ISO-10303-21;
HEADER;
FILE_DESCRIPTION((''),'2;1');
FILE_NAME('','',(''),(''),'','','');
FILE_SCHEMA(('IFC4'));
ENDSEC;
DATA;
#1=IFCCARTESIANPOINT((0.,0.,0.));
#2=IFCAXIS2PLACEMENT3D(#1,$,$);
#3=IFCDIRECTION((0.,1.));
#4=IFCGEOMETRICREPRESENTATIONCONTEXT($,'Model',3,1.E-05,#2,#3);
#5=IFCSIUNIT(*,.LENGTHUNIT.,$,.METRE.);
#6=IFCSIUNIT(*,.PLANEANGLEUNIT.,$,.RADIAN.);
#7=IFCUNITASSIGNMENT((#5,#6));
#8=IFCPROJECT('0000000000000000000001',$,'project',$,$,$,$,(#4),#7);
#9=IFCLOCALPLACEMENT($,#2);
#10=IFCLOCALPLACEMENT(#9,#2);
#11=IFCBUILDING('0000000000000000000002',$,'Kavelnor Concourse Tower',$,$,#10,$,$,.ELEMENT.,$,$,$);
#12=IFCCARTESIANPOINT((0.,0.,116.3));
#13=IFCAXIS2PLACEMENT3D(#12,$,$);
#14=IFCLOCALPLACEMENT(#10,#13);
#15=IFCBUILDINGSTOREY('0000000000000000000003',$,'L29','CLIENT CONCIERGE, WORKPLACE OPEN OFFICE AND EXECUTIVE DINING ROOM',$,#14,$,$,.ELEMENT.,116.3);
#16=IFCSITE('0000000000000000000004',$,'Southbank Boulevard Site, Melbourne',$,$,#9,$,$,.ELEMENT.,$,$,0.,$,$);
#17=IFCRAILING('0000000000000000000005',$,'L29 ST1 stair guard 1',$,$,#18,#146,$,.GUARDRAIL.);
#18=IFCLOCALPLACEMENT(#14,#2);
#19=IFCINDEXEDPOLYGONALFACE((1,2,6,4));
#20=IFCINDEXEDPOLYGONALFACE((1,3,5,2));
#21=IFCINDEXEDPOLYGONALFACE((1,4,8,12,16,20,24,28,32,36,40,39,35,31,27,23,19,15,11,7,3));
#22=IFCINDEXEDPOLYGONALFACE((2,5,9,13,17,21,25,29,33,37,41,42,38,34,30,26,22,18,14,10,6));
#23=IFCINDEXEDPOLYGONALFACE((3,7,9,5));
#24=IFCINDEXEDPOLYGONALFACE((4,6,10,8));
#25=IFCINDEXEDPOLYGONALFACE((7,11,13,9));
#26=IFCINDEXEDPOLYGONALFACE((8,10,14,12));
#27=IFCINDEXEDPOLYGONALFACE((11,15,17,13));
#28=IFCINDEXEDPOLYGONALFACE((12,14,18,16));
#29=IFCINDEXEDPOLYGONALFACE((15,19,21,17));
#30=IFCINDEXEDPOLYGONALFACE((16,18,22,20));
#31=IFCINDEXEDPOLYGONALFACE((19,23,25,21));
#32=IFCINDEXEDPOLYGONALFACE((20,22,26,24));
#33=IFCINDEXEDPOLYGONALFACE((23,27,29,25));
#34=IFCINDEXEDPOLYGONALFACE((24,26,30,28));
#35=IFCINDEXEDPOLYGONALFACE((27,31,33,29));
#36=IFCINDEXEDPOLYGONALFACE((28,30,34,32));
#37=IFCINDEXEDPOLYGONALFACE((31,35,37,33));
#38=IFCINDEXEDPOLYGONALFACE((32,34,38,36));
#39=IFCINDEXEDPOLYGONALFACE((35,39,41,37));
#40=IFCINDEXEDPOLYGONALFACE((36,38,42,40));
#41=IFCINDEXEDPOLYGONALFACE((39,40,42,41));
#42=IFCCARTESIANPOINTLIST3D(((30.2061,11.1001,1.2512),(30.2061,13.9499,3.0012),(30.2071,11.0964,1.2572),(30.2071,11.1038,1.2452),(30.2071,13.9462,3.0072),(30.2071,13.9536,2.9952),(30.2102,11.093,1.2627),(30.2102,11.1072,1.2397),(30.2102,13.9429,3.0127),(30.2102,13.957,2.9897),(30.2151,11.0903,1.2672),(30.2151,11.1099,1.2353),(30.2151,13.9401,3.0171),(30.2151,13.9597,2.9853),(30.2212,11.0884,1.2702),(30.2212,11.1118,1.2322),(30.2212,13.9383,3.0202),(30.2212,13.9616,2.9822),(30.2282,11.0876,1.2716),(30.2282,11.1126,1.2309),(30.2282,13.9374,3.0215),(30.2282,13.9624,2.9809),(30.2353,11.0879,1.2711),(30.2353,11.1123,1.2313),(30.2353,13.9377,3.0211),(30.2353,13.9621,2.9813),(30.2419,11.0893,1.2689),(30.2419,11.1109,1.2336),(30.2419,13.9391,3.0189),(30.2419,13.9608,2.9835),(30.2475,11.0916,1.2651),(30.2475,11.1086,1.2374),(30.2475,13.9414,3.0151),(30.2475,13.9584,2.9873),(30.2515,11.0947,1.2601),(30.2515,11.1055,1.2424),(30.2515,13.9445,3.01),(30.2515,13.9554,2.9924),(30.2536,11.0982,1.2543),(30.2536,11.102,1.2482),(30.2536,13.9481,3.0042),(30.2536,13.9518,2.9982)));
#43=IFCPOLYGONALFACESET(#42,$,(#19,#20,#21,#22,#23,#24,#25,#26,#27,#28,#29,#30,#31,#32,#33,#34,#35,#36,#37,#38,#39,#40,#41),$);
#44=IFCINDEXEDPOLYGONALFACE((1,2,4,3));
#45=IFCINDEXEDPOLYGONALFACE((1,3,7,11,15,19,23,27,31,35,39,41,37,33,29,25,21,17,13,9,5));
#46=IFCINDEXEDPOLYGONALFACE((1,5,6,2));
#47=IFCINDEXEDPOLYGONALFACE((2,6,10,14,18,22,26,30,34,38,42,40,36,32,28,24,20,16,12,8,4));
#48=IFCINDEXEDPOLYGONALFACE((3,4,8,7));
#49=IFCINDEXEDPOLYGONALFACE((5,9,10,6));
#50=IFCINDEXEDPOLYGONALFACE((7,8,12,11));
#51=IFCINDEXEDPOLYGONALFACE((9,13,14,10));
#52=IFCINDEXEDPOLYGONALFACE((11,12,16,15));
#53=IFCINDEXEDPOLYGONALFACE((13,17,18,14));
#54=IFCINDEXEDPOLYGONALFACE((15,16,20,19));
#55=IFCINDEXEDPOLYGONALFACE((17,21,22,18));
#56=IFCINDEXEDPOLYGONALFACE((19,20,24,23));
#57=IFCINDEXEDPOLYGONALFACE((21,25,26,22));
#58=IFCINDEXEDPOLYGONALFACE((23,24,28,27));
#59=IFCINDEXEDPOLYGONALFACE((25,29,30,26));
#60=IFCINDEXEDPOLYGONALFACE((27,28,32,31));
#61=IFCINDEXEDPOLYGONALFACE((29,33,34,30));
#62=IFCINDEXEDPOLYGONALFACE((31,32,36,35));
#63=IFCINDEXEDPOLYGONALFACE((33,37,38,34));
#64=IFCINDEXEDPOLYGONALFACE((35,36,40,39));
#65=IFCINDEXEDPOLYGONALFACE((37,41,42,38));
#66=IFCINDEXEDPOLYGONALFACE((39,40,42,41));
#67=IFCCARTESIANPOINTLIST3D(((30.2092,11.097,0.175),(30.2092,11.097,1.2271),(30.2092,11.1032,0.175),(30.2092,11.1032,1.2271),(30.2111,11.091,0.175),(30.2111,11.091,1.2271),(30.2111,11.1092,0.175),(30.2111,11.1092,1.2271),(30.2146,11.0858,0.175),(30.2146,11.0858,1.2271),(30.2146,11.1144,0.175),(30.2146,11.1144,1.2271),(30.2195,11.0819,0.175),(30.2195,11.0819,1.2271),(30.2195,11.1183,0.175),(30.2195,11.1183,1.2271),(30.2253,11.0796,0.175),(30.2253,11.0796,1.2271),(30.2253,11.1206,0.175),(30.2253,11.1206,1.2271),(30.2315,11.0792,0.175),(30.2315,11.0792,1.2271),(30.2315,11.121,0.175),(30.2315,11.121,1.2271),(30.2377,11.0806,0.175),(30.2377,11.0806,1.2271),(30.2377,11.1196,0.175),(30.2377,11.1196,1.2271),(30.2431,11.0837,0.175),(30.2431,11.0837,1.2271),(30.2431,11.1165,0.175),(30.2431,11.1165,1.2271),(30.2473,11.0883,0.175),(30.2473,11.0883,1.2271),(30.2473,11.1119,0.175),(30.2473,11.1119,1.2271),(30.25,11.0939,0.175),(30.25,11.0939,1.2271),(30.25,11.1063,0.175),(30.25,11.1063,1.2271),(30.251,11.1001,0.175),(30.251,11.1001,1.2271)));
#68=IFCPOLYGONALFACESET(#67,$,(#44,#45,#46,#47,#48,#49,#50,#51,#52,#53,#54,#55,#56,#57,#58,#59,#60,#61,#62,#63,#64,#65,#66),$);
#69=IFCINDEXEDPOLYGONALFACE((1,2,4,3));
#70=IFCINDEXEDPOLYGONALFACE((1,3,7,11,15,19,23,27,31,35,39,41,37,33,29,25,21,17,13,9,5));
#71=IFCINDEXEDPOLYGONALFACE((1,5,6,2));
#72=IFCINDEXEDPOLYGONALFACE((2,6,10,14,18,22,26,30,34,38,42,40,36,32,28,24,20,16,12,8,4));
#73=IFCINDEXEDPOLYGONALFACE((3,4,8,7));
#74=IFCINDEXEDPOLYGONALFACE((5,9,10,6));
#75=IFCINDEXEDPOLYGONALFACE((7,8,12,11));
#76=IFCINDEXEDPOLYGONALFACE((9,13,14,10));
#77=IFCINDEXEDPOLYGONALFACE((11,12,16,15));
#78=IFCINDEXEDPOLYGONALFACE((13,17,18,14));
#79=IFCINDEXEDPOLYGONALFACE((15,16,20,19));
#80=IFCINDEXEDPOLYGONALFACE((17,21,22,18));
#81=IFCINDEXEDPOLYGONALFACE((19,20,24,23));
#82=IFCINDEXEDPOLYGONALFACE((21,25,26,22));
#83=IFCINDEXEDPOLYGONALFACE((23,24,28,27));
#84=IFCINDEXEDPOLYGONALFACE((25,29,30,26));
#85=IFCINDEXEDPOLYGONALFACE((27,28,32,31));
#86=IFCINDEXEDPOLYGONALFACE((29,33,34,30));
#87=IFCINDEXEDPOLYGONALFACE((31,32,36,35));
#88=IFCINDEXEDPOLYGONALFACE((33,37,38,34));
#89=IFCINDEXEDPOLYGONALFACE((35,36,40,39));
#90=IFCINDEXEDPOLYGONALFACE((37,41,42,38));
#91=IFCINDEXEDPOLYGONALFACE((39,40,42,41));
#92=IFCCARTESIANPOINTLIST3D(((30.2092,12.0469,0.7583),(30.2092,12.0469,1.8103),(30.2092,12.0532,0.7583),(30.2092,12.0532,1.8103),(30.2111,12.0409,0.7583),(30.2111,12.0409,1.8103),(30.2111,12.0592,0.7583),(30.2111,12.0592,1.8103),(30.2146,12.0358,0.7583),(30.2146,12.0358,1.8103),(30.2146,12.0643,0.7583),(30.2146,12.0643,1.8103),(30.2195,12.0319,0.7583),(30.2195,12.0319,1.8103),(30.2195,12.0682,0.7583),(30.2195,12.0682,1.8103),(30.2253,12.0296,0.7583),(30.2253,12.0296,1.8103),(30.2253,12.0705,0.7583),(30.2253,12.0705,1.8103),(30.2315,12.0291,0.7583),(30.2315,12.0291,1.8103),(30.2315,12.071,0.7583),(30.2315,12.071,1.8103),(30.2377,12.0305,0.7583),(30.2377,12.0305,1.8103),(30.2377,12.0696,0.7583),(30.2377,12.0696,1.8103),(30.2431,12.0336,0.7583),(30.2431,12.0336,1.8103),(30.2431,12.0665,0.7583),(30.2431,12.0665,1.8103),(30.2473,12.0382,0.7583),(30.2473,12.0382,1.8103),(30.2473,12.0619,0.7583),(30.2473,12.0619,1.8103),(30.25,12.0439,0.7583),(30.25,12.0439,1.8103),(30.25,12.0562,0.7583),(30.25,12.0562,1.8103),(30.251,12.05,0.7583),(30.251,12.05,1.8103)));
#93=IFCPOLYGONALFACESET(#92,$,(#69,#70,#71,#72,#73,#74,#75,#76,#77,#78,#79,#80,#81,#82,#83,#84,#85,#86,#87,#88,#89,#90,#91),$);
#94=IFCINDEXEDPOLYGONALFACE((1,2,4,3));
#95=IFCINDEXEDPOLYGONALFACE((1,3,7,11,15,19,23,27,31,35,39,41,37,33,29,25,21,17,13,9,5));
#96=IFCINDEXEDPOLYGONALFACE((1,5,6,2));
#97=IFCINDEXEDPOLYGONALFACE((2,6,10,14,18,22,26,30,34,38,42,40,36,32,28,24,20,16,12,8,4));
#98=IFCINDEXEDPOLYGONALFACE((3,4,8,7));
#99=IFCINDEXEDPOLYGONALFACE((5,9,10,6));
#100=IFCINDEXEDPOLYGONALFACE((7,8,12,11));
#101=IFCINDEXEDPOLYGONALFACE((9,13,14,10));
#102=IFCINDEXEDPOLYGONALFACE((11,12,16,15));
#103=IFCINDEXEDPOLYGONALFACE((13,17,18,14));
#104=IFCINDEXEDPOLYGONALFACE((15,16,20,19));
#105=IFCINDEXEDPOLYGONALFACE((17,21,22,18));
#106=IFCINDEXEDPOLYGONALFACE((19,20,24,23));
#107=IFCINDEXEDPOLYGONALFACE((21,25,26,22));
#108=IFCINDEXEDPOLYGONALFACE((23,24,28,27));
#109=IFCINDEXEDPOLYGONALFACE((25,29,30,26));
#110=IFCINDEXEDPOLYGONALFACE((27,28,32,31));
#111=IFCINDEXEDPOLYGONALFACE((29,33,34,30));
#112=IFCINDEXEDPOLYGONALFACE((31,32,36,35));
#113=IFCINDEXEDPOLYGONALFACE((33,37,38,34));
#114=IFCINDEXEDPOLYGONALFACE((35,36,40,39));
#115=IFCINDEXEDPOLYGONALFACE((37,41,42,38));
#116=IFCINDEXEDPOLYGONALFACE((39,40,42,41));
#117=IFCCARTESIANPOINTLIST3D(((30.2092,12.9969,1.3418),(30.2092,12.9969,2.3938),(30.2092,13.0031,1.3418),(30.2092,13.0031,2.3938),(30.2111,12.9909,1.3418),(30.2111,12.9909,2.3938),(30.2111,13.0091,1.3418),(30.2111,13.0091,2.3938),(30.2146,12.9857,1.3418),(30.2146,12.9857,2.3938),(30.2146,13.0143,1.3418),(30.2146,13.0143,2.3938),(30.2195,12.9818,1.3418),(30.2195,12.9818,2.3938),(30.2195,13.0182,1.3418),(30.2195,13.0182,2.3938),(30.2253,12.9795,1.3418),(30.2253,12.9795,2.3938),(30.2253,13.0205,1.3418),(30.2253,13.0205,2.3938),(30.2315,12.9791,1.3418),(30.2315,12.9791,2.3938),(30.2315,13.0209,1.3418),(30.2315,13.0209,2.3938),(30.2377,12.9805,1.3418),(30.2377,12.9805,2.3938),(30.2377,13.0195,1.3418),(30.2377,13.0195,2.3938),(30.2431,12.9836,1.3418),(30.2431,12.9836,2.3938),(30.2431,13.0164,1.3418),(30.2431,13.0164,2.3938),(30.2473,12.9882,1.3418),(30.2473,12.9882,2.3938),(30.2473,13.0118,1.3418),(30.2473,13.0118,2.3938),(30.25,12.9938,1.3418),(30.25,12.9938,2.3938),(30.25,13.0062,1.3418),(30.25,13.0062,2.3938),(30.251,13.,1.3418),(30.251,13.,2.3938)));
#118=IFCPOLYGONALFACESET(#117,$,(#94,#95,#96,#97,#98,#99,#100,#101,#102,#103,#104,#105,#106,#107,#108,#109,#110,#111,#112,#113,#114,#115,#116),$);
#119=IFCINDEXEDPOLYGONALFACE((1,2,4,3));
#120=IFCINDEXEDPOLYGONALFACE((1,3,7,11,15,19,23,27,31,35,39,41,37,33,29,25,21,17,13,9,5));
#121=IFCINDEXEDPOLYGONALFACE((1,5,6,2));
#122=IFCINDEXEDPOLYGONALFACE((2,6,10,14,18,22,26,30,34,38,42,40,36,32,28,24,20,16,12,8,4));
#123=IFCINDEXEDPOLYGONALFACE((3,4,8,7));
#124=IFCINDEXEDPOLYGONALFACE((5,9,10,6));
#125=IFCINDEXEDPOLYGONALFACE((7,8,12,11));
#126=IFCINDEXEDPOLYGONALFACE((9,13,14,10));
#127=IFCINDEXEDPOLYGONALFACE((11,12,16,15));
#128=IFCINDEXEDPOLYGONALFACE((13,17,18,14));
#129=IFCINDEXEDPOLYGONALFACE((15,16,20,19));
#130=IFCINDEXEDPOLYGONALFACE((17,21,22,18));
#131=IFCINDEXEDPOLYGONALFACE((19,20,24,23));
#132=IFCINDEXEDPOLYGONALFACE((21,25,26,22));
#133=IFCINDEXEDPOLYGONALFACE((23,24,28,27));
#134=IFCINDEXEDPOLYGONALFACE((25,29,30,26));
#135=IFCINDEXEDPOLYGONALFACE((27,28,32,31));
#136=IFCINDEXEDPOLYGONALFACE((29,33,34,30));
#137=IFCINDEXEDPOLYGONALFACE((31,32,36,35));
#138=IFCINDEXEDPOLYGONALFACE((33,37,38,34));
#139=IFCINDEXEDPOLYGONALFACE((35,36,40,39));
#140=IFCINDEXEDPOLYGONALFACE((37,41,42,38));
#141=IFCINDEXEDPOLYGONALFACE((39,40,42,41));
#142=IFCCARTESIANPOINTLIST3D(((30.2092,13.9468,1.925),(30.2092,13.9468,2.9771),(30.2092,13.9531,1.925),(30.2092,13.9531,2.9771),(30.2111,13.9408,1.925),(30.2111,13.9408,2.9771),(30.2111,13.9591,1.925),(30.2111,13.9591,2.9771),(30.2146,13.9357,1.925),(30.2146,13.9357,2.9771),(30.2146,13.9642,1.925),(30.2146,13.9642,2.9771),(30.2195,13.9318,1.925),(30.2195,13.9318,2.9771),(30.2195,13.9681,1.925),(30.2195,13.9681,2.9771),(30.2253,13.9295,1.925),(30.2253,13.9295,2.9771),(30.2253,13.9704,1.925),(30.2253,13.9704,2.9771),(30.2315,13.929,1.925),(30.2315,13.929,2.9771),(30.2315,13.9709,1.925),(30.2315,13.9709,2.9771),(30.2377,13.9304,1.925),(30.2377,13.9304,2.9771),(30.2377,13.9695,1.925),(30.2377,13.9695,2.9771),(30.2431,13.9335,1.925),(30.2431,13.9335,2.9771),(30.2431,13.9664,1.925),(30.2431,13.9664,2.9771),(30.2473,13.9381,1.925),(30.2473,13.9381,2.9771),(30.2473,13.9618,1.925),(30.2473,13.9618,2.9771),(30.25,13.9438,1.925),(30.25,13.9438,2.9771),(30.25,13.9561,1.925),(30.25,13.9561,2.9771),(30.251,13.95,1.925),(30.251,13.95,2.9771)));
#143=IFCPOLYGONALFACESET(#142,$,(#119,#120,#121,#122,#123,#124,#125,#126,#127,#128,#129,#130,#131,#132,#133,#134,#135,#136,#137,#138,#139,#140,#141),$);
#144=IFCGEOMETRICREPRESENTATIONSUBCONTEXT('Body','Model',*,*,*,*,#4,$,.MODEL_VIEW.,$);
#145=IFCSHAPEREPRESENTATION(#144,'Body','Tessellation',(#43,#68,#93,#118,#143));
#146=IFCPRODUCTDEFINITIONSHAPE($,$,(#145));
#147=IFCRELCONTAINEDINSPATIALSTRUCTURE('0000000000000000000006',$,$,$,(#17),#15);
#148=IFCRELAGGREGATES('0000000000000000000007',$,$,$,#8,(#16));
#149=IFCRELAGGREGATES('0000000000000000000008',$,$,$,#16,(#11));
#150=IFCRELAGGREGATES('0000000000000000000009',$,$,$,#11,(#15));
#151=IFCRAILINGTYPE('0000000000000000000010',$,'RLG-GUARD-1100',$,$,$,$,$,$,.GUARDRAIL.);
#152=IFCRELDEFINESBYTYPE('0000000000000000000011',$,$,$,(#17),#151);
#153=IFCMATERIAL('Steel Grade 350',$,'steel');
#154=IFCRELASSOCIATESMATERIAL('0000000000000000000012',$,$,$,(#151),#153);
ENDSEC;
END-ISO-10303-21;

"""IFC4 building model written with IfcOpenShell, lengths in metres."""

from ifc_helpers import new_model, si_unit, direction, frame, origin, origin_2d, place, context, subcontext, project, spatial, circle, extrude, material, type_object, element, save


model = new_model("IFC4")

# Units and contexts
model_context = context("Model", 3, precision=1e-05, world=origin(), true_north=direction((0.0, 1.0)))
body_context = subcontext(model_context, "Body", "Model", "MODEL_VIEW")
ifc_project = project(units=[si_unit("LENGTHUNIT", "METRE"), si_unit("PLANEANGLEUNIT", "RADIAN")], contexts=[model_context])

# Site, building, storey
site_placement = place(None, origin())
site = spatial("IfcSite", under=ifc_project, at=site_placement, Name="Southbank Boulevard Site, Melbourne", CompositionType="ELEMENT", RefElevation=0.0)
building_placement = place(site_placement, origin())
building = spatial("IfcBuilding", under=site, at=building_placement, Name="Kavelnor Concourse Tower", CompositionType="ELEMENT")
storey_placement = place(building_placement, frame((0.0, 0.0, 116.3)))
storey = spatial("IfcBuildingStorey", under=building, at=storey_placement, Name="L29", Description="CLIENT CONCIERGE, WORKPLACE OPEN OFFICE AND EXECUTIVE DINING ROOM", CompositionType="ELEMENT", Elevation=116.3)

# Shared definitions
ifc_material_1 = material(Name="Steel Grade 350", Category="steel")

# Railing
railing_type_1 = type_object("IfcRailingType", Name="RLG-GUARD-1100", PredefinedType="GUARDRAIL", material=ifc_material_1)
railing_1_placement = place(storey_placement, frame((30.23, 11.1001, 0.175)))
element("IfcRailing", 1, at=railing_1_placement, inside=storey, type_object=railing_type_1, Name="L29 ST1 stair guard 1", PredefinedType="GUARDRAIL", context=body_context, shape_type="SweptSolid", body=[
    extrude(circle(Radius=0.0239, at=origin_2d()), frame((0.0, 0.0, 1.0762), z_axis=(0.0, 0.852159, 0.523283), x_axis=(-1.0, 0.0, 0.0)), (0.0, 0.0, 1.0), 3.3442),
    extrude(circle(Radius=0.021, at=origin_2d()), origin(), (0.0, 0.0, 1.0), 1.052),
    extrude(circle(Radius=0.021, at=origin_2d()), frame((0.0, 0.95, 0.5833)), (0.0, 0.0, 1.0), 1.052),
    extrude(circle(Radius=0.021, at=origin_2d()), frame((0.0, 1.8999, 1.1667)), (0.0, 0.0, 1.0), 1.052),
    extrude(circle(Radius=0.021, at=origin_2d()), frame((0.0, 2.8499, 1.75)), (0.0, 0.0, 1.0), 1.052),
])

save(model, "model.ifc")
